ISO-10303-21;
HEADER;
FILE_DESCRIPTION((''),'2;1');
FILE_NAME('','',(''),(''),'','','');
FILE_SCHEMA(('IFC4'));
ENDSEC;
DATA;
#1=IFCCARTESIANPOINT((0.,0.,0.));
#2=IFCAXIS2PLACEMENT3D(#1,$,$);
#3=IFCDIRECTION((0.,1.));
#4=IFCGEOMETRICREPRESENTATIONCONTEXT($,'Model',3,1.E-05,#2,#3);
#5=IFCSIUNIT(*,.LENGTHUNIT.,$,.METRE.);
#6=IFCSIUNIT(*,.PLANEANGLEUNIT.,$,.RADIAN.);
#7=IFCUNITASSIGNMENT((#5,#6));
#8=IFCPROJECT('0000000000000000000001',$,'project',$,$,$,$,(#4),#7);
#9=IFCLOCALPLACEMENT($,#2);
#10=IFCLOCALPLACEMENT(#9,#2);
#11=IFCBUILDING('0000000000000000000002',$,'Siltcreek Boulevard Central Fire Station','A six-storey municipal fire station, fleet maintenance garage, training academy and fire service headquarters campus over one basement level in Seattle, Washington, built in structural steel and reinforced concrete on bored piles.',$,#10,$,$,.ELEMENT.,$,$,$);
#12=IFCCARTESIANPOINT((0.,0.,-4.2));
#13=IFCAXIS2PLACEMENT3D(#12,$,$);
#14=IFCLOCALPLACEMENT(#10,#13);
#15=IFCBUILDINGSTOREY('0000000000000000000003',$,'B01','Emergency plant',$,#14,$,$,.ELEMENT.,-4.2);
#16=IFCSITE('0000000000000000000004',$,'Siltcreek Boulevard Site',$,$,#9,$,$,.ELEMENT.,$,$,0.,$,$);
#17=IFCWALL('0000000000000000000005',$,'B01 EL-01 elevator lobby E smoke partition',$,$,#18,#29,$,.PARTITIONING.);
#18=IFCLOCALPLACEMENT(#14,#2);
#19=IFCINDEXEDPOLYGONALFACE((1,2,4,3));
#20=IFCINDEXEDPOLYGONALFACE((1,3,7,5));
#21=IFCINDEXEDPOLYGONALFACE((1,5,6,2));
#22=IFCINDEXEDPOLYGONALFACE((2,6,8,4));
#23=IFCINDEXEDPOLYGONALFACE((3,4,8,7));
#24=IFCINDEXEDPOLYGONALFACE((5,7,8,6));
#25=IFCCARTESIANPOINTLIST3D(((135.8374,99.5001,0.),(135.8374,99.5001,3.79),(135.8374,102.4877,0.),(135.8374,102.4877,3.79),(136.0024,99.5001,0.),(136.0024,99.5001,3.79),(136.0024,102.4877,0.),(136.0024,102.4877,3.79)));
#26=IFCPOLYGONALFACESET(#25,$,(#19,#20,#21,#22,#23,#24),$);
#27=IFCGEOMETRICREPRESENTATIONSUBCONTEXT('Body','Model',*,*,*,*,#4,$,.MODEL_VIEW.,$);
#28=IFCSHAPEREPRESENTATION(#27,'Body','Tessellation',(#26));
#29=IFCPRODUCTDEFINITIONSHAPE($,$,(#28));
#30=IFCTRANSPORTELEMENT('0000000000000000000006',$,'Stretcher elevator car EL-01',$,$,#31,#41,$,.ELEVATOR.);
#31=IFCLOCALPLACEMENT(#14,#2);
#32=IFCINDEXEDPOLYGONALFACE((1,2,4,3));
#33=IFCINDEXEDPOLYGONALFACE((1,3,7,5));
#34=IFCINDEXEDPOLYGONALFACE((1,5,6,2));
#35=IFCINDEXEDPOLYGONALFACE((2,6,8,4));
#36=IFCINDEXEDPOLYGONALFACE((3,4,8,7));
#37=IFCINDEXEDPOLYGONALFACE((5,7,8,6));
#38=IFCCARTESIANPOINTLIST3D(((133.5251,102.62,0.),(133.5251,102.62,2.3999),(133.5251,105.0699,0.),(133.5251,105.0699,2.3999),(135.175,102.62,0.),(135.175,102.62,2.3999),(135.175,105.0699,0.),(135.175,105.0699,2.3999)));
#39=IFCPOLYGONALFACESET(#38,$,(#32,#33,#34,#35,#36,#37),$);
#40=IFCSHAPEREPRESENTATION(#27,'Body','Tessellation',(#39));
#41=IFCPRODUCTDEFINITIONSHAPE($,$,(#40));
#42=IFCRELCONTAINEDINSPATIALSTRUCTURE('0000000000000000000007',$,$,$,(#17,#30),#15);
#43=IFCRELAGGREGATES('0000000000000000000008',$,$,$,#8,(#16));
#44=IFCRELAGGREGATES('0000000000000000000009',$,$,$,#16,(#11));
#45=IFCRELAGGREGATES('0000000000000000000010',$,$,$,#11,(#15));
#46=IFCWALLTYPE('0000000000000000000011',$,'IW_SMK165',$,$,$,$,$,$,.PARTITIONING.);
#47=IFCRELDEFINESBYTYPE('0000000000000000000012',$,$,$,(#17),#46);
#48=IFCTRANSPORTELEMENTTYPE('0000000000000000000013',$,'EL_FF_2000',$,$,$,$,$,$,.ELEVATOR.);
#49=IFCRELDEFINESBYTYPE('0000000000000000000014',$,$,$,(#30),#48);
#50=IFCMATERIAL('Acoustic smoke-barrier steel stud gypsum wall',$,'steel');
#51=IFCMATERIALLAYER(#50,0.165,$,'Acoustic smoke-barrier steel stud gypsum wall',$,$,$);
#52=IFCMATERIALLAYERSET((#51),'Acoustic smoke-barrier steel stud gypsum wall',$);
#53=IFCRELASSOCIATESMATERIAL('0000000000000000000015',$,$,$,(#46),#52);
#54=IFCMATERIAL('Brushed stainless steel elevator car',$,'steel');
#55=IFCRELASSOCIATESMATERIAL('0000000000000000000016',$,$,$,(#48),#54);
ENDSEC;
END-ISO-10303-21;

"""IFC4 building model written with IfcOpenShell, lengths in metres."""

from ifc_helpers import new_model, si_unit, direction, frame, frame_2d, origin, origin_2d, place, context, subcontext, project, spatial, rectangle, extrude, material, layer, layer_set, type_object, element, save


model = new_model("IFC4")

# Units and contexts
model_context = context("Model", 3, precision=1e-05, world=origin(), true_north=direction((0.0, 1.0)))
body_context = subcontext(model_context, "Body", "Model", "MODEL_VIEW")
ifc_project = project(units=[si_unit("LENGTHUNIT", "METRE"), si_unit("PLANEANGLEUNIT", "RADIAN")], contexts=[model_context])

# Site, building, storey
site_placement = place(None, origin())
site = spatial("IfcSite", under=ifc_project, at=site_placement, Name="Siltcreek Boulevard Site", CompositionType="ELEMENT", RefElevation=0.0)
building_placement = place(site_placement, origin())
building = spatial("IfcBuilding", under=site, at=building_placement, Name="Siltcreek Boulevard Central Fire Station", Description="A six-storey municipal fire station, fleet maintenance garage, training academy and fire service headquarters campus over one basement level in Seattle, Washington, built in structural steel and reinforced concrete on bored piles.", CompositionType="ELEMENT")
storey_placement = place(building_placement, frame((0.0, 0.0, -4.2)))
storey = spatial("IfcBuildingStorey", under=building, at=storey_placement, Name="B01", Description="Emergency plant", CompositionType="ELEMENT", Elevation=-4.2)

# Wall
ifc_material_1 = material(Name="Acoustic smoke-barrier steel stud gypsum wall", Category="steel")
ifc_layer_1 = layer(ifc_material_1, 0.165, Name="Acoustic smoke-barrier steel stud gypsum wall")
ifc_layer_set_1 = layer_set([ifc_layer_1], Name="Acoustic smoke-barrier steel stud gypsum wall")
wall_type_1 = type_object("IfcWallType", Name="IW_SMK165", PredefinedType="PARTITIONING", material=ifc_layer_set_1)
wall_1_placement = place(storey_placement, frame((135.9199, 102.4875, 0.0), z_axis=(0.0, 0.0, 1.0), x_axis=(0.0, -1.0, 0.0)))
element("IfcWall", 1, at=wall_1_placement, inside=storey, type_object=wall_type_1, Name="B01 EL-01 elevator lobby E smoke partition", PredefinedType="PARTITIONING", context=body_context, shape_type="SweptSolid", body=[
    extrude(rectangle(XDim=2.9875, YDim=0.165, at=frame_2d((1.4937, 0.0))), origin(), (0.0, 0.0, 1.0), 3.79),
])

# Transport element
ifc_material_2 = material(Name="Brushed stainless steel elevator car", Category="steel")
transport_element_type = type_object("IfcTransportElementType", Name="EL_FF_2000", PredefinedType="ELEVATOR", material=ifc_material_2)
transport_element_placement = place(storey_placement, frame((134.3501, 103.845, 0.0), z_axis=(0.0, 0.0, 1.0), x_axis=(1.0, 0.0, 0.0)))
element("IfcTransportElement", 2, at=transport_element_placement, inside=storey, type_object=transport_element_type, Name="Stretcher elevator car EL-01", PredefinedType="ELEVATOR", context=body_context, shape_type="SweptSolid", body=[
    extrude(rectangle(XDim=1.6499, YDim=2.45, at=origin_2d()), origin(), (0.0, 0.0, 1.0), 2.3999),
])

save(model, "model.ifc")
